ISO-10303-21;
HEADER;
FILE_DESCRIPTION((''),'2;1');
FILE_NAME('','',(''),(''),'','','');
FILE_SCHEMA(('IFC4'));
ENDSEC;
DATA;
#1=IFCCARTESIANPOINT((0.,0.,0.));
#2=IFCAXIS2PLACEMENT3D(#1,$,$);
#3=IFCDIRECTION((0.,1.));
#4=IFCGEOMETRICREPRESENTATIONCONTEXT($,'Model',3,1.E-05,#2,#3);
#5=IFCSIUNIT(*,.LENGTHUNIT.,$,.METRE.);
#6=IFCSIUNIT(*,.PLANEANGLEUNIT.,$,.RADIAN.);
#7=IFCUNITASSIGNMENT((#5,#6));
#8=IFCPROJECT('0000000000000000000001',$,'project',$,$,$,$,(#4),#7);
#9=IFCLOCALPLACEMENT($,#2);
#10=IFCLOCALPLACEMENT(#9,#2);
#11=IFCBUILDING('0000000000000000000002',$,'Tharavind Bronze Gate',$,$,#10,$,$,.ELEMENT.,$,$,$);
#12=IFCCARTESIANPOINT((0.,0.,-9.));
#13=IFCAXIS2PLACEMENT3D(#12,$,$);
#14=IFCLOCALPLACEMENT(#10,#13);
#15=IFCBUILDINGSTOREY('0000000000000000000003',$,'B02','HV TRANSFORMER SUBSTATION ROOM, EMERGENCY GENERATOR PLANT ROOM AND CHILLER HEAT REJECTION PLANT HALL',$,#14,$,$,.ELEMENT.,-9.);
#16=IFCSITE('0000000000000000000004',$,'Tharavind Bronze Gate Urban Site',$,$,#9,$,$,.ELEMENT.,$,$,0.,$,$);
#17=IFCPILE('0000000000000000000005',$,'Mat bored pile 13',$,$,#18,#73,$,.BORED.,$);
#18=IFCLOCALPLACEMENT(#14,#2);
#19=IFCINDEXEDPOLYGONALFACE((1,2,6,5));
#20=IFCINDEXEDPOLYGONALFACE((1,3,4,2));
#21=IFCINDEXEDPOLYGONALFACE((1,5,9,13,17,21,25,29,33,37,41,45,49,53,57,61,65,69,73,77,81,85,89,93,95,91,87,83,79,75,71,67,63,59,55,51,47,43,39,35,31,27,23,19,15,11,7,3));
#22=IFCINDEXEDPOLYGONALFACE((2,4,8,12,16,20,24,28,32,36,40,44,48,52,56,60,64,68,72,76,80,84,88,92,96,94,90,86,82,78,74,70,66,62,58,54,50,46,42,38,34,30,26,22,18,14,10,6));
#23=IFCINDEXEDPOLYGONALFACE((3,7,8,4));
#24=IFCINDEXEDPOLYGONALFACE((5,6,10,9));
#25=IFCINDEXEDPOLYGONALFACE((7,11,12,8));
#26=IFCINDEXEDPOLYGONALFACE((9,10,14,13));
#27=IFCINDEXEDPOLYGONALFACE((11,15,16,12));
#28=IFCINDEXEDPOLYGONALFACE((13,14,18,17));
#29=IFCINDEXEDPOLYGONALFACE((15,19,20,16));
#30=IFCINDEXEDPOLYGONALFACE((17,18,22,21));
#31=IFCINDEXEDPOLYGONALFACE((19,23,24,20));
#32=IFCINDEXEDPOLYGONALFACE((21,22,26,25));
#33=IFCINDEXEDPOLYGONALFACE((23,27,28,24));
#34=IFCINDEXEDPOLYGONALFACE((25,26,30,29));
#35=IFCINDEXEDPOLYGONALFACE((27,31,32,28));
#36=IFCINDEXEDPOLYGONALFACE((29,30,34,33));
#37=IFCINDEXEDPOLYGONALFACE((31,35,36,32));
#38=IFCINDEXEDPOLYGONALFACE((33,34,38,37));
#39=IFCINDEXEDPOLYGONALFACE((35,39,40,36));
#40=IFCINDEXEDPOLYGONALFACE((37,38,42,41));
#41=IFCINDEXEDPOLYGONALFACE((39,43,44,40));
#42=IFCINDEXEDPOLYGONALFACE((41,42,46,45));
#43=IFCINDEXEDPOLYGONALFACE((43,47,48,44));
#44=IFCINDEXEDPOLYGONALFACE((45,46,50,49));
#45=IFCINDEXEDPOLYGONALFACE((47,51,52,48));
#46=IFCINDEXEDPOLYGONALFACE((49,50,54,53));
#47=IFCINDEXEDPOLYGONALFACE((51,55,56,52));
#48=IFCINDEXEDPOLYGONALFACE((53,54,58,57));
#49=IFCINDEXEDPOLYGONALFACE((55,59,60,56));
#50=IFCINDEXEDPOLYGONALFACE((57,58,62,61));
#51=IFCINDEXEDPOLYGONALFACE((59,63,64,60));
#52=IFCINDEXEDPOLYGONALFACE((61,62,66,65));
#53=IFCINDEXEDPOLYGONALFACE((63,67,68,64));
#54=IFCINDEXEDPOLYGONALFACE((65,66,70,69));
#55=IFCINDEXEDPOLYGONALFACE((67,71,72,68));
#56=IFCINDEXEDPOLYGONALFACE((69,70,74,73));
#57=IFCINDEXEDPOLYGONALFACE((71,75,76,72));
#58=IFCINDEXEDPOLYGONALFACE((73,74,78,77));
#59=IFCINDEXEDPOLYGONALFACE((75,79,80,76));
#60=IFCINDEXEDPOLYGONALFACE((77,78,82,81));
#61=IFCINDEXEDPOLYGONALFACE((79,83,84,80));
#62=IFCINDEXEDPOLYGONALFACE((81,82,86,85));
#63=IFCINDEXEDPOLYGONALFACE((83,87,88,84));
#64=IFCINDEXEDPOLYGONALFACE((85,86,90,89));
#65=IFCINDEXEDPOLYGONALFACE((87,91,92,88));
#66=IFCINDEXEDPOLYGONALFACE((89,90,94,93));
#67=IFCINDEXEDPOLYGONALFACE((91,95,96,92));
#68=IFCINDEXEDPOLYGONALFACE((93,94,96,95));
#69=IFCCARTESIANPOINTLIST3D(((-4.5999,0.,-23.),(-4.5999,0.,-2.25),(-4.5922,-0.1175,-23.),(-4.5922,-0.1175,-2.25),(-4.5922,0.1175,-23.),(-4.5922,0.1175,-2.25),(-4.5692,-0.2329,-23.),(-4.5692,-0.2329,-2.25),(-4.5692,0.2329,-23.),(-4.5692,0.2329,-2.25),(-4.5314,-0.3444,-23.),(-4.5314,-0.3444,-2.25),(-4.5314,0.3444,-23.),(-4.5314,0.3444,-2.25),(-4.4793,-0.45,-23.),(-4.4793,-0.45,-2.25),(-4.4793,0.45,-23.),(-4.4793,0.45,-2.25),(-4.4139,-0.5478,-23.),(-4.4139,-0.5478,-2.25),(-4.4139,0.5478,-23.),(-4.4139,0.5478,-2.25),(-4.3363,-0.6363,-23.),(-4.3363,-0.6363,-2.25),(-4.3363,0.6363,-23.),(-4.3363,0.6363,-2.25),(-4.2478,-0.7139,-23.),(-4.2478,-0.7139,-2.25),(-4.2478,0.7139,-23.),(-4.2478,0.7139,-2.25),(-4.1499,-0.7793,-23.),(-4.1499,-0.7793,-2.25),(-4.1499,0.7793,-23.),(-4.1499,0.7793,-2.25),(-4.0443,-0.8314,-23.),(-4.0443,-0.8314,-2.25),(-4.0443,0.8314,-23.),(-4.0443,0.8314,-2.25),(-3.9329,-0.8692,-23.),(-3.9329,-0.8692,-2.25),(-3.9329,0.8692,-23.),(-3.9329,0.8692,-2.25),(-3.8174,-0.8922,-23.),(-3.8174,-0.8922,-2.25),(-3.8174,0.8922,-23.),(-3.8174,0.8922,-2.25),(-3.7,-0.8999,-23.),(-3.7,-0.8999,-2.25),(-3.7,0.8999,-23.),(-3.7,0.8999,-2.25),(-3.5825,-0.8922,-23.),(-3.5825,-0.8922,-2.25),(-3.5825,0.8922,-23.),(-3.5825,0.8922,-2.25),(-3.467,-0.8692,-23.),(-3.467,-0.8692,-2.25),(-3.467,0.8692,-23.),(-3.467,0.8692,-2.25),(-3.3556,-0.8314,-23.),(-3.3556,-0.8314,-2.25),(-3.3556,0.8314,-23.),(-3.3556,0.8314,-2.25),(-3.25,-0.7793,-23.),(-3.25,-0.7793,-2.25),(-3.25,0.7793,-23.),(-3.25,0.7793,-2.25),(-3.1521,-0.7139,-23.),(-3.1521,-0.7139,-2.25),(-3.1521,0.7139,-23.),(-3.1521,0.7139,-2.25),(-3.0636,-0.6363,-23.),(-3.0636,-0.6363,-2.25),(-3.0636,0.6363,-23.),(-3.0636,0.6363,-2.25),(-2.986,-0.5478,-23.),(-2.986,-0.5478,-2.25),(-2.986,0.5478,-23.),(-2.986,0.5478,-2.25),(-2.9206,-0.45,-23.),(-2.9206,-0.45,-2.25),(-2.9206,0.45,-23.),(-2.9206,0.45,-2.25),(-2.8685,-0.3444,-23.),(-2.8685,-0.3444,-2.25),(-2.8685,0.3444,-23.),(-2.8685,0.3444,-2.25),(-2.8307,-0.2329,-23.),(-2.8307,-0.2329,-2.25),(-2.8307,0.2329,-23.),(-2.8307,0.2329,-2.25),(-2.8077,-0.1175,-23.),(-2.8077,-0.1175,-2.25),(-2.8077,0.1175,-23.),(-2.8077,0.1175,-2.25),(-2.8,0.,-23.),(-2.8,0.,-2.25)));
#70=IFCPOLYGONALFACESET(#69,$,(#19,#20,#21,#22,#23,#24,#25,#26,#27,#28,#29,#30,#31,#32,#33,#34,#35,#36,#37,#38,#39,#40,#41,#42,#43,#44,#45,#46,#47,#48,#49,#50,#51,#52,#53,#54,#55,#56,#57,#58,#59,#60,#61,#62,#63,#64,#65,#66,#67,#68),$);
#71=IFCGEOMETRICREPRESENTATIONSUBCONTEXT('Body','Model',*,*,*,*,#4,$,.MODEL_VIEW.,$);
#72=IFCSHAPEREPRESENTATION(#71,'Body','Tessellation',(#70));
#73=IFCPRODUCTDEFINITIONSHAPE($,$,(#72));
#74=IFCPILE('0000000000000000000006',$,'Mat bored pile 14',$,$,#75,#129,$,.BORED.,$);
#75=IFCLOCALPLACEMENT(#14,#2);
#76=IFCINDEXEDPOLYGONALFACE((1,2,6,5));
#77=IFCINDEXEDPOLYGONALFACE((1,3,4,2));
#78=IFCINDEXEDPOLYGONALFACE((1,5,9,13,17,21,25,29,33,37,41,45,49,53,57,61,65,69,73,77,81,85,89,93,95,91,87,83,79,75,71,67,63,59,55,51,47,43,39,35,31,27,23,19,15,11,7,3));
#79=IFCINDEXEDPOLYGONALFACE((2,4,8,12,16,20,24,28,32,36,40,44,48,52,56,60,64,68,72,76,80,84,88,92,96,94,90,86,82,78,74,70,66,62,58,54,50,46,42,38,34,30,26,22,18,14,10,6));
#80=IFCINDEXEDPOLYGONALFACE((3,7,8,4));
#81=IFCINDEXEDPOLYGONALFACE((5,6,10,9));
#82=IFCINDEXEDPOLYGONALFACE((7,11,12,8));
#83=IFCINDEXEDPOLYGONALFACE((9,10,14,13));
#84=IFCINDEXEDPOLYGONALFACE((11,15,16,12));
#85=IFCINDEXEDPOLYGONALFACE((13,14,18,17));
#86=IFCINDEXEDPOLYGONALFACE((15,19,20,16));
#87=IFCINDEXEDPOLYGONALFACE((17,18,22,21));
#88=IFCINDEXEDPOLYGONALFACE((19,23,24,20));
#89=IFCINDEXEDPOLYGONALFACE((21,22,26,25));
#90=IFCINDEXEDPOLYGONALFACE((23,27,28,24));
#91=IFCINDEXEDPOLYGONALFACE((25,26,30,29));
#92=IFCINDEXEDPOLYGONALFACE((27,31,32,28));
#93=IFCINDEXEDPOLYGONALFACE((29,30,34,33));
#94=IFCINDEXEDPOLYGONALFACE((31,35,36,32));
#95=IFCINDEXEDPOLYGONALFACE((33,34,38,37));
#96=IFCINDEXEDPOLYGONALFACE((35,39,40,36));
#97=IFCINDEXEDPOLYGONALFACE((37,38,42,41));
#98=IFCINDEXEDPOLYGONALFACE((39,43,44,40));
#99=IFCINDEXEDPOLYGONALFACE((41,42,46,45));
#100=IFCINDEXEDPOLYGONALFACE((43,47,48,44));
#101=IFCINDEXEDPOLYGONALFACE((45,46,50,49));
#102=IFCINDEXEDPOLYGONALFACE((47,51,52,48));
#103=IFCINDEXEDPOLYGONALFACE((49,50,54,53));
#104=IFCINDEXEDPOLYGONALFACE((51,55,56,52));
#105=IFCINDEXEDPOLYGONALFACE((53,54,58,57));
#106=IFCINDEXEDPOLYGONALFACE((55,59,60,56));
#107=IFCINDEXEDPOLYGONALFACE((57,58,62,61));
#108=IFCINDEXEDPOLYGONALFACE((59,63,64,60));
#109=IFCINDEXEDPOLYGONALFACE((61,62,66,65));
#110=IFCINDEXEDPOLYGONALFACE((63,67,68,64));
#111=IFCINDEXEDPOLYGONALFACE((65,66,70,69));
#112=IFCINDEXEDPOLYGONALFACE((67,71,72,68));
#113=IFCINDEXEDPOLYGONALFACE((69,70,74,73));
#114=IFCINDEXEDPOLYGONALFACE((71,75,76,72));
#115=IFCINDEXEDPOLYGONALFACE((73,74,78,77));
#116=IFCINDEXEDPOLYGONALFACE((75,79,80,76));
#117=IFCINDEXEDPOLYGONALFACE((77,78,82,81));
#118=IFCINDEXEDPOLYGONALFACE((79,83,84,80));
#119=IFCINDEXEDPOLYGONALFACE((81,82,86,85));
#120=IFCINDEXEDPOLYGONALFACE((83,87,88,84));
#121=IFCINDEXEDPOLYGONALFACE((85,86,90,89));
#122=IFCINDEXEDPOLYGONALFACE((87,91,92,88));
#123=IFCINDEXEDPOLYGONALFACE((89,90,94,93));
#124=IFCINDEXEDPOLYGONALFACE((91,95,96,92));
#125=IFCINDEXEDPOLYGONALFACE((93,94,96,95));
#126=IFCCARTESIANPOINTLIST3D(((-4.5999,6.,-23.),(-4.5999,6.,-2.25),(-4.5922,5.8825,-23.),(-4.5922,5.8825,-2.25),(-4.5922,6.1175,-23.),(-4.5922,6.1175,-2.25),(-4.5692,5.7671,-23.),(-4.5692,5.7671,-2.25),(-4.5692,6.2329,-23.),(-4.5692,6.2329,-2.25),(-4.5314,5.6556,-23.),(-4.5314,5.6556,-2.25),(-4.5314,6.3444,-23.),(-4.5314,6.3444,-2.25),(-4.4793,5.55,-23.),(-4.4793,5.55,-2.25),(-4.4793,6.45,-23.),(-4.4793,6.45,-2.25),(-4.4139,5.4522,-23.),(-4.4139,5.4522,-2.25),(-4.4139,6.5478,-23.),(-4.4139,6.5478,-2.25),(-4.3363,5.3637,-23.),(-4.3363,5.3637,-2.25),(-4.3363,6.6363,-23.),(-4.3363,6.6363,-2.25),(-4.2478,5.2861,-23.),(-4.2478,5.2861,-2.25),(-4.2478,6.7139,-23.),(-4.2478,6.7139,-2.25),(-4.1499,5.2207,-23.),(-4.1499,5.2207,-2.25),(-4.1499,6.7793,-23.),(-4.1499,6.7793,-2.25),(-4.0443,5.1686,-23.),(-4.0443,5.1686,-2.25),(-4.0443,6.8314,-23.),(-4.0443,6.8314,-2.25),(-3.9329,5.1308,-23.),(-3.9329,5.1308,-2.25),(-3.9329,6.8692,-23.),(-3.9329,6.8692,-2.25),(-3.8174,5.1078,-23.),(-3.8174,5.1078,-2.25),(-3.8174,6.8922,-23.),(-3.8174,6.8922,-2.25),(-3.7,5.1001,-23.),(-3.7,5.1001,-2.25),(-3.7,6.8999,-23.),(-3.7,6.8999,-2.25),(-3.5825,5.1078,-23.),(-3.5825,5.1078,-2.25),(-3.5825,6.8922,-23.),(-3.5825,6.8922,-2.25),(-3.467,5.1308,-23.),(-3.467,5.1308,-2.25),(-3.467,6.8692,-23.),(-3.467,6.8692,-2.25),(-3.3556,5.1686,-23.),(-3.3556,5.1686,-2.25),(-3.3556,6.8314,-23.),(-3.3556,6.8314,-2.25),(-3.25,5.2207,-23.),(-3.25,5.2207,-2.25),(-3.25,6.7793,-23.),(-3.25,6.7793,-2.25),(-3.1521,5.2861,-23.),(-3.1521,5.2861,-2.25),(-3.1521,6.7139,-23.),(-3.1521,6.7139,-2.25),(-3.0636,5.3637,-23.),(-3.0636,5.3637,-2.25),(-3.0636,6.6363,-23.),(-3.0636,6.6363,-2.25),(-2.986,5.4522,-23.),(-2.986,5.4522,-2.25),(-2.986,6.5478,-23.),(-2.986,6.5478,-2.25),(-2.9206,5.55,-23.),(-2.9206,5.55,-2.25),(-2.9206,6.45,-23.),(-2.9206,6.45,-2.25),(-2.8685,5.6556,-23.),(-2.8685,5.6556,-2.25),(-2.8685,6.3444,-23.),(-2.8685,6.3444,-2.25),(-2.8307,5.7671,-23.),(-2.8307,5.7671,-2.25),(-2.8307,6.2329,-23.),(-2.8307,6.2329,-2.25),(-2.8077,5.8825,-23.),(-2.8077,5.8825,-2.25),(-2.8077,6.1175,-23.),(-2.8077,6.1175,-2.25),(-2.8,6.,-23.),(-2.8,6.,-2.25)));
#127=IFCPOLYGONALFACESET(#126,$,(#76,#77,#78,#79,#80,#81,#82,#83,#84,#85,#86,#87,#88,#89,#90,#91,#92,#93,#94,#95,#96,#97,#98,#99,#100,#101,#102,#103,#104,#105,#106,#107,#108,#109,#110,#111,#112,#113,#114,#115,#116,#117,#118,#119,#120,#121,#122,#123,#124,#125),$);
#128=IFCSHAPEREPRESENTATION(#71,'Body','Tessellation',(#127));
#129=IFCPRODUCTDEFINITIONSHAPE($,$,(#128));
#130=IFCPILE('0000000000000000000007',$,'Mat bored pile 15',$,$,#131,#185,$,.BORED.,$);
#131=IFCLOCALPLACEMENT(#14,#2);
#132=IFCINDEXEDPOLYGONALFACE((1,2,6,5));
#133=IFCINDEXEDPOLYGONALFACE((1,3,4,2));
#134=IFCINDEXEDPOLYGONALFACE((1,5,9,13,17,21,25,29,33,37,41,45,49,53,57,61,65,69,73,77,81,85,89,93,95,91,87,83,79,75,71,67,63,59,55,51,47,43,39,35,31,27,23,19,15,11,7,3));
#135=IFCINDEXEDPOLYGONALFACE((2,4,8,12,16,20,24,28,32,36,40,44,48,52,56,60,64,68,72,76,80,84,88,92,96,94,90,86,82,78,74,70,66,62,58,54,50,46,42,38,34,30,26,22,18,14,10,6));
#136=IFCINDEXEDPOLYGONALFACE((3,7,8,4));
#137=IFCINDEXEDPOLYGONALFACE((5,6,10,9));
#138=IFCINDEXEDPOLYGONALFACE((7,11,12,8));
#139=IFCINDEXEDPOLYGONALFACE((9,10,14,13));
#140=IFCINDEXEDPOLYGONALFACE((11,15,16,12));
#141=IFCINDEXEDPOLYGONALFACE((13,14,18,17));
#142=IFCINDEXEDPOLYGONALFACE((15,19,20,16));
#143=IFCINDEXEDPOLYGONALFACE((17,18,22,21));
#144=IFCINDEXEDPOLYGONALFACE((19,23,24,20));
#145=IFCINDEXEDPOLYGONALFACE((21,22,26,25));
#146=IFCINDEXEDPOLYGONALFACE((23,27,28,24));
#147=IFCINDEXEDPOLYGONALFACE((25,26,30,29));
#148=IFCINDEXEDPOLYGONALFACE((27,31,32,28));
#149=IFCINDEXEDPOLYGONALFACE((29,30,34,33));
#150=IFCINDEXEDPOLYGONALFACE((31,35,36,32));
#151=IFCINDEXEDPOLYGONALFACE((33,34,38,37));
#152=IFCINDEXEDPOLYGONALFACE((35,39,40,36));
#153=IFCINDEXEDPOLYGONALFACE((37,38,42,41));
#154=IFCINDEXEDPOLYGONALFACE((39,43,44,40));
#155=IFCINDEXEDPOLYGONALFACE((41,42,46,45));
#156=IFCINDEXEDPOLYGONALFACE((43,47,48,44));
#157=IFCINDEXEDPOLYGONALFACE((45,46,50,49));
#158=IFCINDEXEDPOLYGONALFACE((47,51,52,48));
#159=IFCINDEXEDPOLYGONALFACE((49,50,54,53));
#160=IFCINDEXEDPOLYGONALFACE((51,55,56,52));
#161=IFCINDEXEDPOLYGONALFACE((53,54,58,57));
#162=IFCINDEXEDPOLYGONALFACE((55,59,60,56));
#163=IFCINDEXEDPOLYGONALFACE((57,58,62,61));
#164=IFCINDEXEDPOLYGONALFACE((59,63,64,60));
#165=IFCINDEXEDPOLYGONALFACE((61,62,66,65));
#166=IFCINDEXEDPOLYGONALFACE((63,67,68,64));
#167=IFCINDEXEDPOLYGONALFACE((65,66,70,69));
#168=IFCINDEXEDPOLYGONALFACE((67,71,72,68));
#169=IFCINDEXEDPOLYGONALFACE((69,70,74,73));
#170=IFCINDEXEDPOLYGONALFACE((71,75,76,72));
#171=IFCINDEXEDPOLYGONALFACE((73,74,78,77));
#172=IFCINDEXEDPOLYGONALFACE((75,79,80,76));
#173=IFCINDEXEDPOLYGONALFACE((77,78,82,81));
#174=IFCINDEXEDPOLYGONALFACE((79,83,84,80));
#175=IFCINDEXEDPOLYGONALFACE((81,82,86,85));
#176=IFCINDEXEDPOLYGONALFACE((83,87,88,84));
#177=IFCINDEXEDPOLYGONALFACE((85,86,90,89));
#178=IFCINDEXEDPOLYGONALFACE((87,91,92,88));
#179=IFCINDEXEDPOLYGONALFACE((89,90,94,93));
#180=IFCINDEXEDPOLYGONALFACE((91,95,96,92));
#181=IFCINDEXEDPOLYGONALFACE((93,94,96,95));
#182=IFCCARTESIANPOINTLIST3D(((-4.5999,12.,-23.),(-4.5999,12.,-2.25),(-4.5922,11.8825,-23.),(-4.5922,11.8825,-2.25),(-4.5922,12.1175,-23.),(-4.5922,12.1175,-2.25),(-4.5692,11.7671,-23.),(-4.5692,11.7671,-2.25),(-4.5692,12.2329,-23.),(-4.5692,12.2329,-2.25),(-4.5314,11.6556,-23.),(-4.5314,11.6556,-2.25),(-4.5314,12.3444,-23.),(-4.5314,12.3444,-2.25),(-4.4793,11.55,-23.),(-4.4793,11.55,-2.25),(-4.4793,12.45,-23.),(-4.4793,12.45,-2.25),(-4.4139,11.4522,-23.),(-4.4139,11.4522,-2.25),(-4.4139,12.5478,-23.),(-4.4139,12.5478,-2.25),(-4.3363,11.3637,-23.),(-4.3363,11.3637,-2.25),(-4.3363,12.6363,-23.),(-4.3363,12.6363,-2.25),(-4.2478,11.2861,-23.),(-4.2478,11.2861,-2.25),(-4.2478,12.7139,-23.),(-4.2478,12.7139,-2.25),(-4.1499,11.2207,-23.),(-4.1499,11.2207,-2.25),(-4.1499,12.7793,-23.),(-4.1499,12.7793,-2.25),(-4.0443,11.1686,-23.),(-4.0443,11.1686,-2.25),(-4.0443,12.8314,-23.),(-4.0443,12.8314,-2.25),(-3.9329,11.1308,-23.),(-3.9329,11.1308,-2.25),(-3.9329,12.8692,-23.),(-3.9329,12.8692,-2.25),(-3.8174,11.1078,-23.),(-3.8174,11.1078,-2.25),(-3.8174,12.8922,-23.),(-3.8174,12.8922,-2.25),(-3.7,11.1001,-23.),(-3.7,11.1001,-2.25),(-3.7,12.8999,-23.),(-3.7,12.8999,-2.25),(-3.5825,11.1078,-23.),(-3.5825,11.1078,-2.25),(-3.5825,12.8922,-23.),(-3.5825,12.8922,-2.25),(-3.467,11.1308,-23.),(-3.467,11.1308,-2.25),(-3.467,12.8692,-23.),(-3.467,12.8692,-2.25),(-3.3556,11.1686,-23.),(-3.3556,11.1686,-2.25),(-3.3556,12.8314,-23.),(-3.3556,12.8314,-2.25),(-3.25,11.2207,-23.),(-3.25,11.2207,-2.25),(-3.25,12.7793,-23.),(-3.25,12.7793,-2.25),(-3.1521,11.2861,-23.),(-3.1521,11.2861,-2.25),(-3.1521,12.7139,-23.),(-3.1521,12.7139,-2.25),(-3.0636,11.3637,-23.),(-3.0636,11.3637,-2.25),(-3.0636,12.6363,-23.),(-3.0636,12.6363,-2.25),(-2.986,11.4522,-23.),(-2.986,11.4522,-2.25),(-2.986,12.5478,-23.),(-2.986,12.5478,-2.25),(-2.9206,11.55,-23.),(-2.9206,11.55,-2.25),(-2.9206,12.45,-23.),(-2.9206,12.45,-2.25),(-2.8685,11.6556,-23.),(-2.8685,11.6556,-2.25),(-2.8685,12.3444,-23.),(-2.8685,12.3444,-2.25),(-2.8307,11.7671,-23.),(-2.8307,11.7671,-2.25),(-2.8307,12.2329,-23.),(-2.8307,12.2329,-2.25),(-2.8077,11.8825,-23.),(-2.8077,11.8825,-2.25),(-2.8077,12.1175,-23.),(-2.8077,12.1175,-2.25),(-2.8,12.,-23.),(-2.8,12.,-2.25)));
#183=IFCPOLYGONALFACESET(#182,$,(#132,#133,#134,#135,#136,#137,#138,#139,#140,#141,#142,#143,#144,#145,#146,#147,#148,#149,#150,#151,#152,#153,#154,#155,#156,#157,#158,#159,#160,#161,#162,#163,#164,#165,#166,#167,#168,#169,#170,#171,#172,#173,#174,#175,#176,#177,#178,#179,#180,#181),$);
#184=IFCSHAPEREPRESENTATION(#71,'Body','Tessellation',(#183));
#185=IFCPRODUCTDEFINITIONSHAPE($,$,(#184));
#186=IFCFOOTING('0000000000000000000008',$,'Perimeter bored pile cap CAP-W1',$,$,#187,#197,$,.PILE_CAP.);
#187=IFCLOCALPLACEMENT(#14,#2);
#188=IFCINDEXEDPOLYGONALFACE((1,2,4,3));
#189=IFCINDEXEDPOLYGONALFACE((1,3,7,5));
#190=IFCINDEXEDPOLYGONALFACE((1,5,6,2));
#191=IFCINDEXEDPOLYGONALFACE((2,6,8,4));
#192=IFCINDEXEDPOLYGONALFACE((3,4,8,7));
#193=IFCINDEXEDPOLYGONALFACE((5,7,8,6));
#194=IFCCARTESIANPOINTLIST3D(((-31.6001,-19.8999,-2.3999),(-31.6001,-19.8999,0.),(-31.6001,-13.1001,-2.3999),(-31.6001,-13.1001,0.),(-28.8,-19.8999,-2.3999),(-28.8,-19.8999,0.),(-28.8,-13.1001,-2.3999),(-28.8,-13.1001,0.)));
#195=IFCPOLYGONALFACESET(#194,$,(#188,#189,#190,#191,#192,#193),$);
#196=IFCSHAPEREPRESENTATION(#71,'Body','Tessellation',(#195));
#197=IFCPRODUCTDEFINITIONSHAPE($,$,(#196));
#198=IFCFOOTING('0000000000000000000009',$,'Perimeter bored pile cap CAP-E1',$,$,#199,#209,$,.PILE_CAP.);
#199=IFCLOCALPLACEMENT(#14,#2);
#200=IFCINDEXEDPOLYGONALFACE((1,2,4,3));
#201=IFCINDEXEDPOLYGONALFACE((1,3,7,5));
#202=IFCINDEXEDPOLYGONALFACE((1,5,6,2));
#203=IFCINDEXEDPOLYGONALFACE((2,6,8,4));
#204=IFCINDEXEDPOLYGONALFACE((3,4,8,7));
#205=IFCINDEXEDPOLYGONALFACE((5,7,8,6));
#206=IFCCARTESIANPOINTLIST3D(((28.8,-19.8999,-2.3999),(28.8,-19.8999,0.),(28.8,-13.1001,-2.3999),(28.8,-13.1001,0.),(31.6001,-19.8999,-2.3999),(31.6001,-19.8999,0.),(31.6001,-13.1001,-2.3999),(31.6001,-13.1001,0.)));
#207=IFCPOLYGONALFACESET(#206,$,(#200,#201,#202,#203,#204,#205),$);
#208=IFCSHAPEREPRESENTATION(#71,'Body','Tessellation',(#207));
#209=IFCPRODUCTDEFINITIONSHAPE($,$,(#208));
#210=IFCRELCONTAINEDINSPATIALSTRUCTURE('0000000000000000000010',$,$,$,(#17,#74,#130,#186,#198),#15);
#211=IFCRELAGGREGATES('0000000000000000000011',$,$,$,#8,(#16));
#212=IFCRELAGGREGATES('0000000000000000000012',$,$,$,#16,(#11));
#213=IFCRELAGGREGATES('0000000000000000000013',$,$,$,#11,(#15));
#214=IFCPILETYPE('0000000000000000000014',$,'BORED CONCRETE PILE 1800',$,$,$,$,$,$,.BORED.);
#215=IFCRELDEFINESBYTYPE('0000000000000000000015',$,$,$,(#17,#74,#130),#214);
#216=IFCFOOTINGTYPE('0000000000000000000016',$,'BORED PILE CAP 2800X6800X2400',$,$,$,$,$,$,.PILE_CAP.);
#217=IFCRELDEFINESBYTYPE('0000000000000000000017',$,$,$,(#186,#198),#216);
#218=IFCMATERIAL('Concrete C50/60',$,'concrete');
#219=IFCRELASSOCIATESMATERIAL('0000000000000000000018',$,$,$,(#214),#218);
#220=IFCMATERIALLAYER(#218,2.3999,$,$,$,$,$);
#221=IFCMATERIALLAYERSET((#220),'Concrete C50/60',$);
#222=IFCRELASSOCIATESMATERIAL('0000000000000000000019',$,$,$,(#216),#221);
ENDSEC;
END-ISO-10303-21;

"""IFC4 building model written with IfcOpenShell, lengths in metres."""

from ifc_helpers import new_model, si_unit, direction, frame, origin, origin_2d, place, context, subcontext, project, spatial, polyline, circle, outline, extrude, material, layer, layer_set, material_profile, profile_set, type_object, element, save


model = new_model("IFC4")

# Units and contexts
model_context = context("Model", 3, precision=1e-05, world=origin(), true_north=direction((0.0, 1.0)))
body_context = subcontext(model_context, "Body", "Model", "MODEL_VIEW")
ifc_project = project(units=[si_unit("LENGTHUNIT", "METRE"), si_unit("PLANEANGLEUNIT", "RADIAN")], contexts=[model_context])

# Site, building, storey
site_placement = place(None, origin())
site = spatial("IfcSite", under=ifc_project, at=site_placement, Name="Tharavind Bronze Gate Urban Site", CompositionType="ELEMENT", RefElevation=0.0)
building_placement = place(site_placement, origin())
building = spatial("IfcBuilding", under=site, at=building_placement, Name="Tharavind Bronze Gate", CompositionType="ELEMENT")
storey_placement = place(building_placement, frame((0.0, 0.0, -9.0)))
storey = spatial("IfcBuildingStorey", under=building, at=storey_placement, Name="B02", Description="HV TRANSFORMER SUBSTATION ROOM, EMERGENCY GENERATOR PLANT ROOM AND CHILLER HEAT REJECTION PLANT HALL", CompositionType="ELEMENT", Elevation=-9.0)

# Piles
ifc_material_1 = material(Name="Concrete C50/60", Category="concrete")
ifc_material_profile = material_profile(ifc_material_1, circle(Radius=0.8999, at=origin_2d()), Name="PILE1800")
ifc_profile_set = profile_set([ifc_material_profile], Name="Concrete C50/60")
pile_type = type_object("IfcPileType", Name="BORED CONCRETE PILE 1800", PredefinedType="BORED", material=ifc_profile_set)
for number, where, z_axis, x_axis, name in (
    (1, (-3.7, 0.0, -2.25), (0.0, 0.0, -1.0), (1.0, 0.0, 0.0), "Mat bored pile 13"),
    (2, (-3.7, 6.0, -2.25), (0.0, 0.0, -1.0), (1.0, 0.0, 0.0), "Mat bored pile 14"),
    (3, (-3.7, 12.0, -2.25), (0.0, 0.0, -1.0), (1.0, 0.0, 0.0), "Mat bored pile 15"),
):
    element("IfcPile", number, at=place(storey_placement, frame(where, z_axis=z_axis, x_axis=x_axis)), inside=storey, type_object=pile_type, Name=name, PredefinedType="BORED", context=body_context, shape_type="SweptSolid", body=[
        extrude(circle(Radius=0.8999, at=origin_2d()), origin(), (0.0, 0.0, 1.0), 20.75),
    ])

# Footings
ifc_layer_1 = layer(ifc_material_1, 2.3999)
ifc_layer_set_1 = layer_set([ifc_layer_1], Name="Concrete C50/60")
footing_type_1 = type_object("IfcFootingType", Name="BORED PILE CAP 2800X6800X2400", PredefinedType="PILE_CAP", material=ifc_layer_set_1)
footing_1_placement = place(storey_placement, frame((0.0, 0.0, -2.3999)))
element("IfcFooting", 4, at=footing_1_placement, inside=storey, type_object=footing_type_1, Name="Perimeter bored pile cap CAP-W1", PredefinedType="PILE_CAP", context=body_context, shape_type="SweptSolid", body=[
    extrude(outline(polyline([(-31.6001, -19.8999), (-28.8, -19.8999), (-28.8, -13.1001), (-31.6001, -13.1001), (-31.6001, -19.8999)])), origin(), (0.0, 0.0, 1.0), 2.3999),
])
footing_2_placement = place(storey_placement, frame((0.0, 0.0, -2.3999)))
element("IfcFooting", 5, at=footing_2_placement, inside=storey, type_object=footing_type_1, Name="Perimeter bored pile cap CAP-E1", PredefinedType="PILE_CAP", context=body_context, shape_type="SweptSolid", body=[
    extrude(outline(polyline([(28.8, -19.8999), (31.6001, -19.8999), (31.6001, -13.1001), (28.8, -13.1001), (28.8, -19.8999)])), origin(), (0.0, 0.0, 1.0), 2.3999),
])

save(model, "model.ifc")
